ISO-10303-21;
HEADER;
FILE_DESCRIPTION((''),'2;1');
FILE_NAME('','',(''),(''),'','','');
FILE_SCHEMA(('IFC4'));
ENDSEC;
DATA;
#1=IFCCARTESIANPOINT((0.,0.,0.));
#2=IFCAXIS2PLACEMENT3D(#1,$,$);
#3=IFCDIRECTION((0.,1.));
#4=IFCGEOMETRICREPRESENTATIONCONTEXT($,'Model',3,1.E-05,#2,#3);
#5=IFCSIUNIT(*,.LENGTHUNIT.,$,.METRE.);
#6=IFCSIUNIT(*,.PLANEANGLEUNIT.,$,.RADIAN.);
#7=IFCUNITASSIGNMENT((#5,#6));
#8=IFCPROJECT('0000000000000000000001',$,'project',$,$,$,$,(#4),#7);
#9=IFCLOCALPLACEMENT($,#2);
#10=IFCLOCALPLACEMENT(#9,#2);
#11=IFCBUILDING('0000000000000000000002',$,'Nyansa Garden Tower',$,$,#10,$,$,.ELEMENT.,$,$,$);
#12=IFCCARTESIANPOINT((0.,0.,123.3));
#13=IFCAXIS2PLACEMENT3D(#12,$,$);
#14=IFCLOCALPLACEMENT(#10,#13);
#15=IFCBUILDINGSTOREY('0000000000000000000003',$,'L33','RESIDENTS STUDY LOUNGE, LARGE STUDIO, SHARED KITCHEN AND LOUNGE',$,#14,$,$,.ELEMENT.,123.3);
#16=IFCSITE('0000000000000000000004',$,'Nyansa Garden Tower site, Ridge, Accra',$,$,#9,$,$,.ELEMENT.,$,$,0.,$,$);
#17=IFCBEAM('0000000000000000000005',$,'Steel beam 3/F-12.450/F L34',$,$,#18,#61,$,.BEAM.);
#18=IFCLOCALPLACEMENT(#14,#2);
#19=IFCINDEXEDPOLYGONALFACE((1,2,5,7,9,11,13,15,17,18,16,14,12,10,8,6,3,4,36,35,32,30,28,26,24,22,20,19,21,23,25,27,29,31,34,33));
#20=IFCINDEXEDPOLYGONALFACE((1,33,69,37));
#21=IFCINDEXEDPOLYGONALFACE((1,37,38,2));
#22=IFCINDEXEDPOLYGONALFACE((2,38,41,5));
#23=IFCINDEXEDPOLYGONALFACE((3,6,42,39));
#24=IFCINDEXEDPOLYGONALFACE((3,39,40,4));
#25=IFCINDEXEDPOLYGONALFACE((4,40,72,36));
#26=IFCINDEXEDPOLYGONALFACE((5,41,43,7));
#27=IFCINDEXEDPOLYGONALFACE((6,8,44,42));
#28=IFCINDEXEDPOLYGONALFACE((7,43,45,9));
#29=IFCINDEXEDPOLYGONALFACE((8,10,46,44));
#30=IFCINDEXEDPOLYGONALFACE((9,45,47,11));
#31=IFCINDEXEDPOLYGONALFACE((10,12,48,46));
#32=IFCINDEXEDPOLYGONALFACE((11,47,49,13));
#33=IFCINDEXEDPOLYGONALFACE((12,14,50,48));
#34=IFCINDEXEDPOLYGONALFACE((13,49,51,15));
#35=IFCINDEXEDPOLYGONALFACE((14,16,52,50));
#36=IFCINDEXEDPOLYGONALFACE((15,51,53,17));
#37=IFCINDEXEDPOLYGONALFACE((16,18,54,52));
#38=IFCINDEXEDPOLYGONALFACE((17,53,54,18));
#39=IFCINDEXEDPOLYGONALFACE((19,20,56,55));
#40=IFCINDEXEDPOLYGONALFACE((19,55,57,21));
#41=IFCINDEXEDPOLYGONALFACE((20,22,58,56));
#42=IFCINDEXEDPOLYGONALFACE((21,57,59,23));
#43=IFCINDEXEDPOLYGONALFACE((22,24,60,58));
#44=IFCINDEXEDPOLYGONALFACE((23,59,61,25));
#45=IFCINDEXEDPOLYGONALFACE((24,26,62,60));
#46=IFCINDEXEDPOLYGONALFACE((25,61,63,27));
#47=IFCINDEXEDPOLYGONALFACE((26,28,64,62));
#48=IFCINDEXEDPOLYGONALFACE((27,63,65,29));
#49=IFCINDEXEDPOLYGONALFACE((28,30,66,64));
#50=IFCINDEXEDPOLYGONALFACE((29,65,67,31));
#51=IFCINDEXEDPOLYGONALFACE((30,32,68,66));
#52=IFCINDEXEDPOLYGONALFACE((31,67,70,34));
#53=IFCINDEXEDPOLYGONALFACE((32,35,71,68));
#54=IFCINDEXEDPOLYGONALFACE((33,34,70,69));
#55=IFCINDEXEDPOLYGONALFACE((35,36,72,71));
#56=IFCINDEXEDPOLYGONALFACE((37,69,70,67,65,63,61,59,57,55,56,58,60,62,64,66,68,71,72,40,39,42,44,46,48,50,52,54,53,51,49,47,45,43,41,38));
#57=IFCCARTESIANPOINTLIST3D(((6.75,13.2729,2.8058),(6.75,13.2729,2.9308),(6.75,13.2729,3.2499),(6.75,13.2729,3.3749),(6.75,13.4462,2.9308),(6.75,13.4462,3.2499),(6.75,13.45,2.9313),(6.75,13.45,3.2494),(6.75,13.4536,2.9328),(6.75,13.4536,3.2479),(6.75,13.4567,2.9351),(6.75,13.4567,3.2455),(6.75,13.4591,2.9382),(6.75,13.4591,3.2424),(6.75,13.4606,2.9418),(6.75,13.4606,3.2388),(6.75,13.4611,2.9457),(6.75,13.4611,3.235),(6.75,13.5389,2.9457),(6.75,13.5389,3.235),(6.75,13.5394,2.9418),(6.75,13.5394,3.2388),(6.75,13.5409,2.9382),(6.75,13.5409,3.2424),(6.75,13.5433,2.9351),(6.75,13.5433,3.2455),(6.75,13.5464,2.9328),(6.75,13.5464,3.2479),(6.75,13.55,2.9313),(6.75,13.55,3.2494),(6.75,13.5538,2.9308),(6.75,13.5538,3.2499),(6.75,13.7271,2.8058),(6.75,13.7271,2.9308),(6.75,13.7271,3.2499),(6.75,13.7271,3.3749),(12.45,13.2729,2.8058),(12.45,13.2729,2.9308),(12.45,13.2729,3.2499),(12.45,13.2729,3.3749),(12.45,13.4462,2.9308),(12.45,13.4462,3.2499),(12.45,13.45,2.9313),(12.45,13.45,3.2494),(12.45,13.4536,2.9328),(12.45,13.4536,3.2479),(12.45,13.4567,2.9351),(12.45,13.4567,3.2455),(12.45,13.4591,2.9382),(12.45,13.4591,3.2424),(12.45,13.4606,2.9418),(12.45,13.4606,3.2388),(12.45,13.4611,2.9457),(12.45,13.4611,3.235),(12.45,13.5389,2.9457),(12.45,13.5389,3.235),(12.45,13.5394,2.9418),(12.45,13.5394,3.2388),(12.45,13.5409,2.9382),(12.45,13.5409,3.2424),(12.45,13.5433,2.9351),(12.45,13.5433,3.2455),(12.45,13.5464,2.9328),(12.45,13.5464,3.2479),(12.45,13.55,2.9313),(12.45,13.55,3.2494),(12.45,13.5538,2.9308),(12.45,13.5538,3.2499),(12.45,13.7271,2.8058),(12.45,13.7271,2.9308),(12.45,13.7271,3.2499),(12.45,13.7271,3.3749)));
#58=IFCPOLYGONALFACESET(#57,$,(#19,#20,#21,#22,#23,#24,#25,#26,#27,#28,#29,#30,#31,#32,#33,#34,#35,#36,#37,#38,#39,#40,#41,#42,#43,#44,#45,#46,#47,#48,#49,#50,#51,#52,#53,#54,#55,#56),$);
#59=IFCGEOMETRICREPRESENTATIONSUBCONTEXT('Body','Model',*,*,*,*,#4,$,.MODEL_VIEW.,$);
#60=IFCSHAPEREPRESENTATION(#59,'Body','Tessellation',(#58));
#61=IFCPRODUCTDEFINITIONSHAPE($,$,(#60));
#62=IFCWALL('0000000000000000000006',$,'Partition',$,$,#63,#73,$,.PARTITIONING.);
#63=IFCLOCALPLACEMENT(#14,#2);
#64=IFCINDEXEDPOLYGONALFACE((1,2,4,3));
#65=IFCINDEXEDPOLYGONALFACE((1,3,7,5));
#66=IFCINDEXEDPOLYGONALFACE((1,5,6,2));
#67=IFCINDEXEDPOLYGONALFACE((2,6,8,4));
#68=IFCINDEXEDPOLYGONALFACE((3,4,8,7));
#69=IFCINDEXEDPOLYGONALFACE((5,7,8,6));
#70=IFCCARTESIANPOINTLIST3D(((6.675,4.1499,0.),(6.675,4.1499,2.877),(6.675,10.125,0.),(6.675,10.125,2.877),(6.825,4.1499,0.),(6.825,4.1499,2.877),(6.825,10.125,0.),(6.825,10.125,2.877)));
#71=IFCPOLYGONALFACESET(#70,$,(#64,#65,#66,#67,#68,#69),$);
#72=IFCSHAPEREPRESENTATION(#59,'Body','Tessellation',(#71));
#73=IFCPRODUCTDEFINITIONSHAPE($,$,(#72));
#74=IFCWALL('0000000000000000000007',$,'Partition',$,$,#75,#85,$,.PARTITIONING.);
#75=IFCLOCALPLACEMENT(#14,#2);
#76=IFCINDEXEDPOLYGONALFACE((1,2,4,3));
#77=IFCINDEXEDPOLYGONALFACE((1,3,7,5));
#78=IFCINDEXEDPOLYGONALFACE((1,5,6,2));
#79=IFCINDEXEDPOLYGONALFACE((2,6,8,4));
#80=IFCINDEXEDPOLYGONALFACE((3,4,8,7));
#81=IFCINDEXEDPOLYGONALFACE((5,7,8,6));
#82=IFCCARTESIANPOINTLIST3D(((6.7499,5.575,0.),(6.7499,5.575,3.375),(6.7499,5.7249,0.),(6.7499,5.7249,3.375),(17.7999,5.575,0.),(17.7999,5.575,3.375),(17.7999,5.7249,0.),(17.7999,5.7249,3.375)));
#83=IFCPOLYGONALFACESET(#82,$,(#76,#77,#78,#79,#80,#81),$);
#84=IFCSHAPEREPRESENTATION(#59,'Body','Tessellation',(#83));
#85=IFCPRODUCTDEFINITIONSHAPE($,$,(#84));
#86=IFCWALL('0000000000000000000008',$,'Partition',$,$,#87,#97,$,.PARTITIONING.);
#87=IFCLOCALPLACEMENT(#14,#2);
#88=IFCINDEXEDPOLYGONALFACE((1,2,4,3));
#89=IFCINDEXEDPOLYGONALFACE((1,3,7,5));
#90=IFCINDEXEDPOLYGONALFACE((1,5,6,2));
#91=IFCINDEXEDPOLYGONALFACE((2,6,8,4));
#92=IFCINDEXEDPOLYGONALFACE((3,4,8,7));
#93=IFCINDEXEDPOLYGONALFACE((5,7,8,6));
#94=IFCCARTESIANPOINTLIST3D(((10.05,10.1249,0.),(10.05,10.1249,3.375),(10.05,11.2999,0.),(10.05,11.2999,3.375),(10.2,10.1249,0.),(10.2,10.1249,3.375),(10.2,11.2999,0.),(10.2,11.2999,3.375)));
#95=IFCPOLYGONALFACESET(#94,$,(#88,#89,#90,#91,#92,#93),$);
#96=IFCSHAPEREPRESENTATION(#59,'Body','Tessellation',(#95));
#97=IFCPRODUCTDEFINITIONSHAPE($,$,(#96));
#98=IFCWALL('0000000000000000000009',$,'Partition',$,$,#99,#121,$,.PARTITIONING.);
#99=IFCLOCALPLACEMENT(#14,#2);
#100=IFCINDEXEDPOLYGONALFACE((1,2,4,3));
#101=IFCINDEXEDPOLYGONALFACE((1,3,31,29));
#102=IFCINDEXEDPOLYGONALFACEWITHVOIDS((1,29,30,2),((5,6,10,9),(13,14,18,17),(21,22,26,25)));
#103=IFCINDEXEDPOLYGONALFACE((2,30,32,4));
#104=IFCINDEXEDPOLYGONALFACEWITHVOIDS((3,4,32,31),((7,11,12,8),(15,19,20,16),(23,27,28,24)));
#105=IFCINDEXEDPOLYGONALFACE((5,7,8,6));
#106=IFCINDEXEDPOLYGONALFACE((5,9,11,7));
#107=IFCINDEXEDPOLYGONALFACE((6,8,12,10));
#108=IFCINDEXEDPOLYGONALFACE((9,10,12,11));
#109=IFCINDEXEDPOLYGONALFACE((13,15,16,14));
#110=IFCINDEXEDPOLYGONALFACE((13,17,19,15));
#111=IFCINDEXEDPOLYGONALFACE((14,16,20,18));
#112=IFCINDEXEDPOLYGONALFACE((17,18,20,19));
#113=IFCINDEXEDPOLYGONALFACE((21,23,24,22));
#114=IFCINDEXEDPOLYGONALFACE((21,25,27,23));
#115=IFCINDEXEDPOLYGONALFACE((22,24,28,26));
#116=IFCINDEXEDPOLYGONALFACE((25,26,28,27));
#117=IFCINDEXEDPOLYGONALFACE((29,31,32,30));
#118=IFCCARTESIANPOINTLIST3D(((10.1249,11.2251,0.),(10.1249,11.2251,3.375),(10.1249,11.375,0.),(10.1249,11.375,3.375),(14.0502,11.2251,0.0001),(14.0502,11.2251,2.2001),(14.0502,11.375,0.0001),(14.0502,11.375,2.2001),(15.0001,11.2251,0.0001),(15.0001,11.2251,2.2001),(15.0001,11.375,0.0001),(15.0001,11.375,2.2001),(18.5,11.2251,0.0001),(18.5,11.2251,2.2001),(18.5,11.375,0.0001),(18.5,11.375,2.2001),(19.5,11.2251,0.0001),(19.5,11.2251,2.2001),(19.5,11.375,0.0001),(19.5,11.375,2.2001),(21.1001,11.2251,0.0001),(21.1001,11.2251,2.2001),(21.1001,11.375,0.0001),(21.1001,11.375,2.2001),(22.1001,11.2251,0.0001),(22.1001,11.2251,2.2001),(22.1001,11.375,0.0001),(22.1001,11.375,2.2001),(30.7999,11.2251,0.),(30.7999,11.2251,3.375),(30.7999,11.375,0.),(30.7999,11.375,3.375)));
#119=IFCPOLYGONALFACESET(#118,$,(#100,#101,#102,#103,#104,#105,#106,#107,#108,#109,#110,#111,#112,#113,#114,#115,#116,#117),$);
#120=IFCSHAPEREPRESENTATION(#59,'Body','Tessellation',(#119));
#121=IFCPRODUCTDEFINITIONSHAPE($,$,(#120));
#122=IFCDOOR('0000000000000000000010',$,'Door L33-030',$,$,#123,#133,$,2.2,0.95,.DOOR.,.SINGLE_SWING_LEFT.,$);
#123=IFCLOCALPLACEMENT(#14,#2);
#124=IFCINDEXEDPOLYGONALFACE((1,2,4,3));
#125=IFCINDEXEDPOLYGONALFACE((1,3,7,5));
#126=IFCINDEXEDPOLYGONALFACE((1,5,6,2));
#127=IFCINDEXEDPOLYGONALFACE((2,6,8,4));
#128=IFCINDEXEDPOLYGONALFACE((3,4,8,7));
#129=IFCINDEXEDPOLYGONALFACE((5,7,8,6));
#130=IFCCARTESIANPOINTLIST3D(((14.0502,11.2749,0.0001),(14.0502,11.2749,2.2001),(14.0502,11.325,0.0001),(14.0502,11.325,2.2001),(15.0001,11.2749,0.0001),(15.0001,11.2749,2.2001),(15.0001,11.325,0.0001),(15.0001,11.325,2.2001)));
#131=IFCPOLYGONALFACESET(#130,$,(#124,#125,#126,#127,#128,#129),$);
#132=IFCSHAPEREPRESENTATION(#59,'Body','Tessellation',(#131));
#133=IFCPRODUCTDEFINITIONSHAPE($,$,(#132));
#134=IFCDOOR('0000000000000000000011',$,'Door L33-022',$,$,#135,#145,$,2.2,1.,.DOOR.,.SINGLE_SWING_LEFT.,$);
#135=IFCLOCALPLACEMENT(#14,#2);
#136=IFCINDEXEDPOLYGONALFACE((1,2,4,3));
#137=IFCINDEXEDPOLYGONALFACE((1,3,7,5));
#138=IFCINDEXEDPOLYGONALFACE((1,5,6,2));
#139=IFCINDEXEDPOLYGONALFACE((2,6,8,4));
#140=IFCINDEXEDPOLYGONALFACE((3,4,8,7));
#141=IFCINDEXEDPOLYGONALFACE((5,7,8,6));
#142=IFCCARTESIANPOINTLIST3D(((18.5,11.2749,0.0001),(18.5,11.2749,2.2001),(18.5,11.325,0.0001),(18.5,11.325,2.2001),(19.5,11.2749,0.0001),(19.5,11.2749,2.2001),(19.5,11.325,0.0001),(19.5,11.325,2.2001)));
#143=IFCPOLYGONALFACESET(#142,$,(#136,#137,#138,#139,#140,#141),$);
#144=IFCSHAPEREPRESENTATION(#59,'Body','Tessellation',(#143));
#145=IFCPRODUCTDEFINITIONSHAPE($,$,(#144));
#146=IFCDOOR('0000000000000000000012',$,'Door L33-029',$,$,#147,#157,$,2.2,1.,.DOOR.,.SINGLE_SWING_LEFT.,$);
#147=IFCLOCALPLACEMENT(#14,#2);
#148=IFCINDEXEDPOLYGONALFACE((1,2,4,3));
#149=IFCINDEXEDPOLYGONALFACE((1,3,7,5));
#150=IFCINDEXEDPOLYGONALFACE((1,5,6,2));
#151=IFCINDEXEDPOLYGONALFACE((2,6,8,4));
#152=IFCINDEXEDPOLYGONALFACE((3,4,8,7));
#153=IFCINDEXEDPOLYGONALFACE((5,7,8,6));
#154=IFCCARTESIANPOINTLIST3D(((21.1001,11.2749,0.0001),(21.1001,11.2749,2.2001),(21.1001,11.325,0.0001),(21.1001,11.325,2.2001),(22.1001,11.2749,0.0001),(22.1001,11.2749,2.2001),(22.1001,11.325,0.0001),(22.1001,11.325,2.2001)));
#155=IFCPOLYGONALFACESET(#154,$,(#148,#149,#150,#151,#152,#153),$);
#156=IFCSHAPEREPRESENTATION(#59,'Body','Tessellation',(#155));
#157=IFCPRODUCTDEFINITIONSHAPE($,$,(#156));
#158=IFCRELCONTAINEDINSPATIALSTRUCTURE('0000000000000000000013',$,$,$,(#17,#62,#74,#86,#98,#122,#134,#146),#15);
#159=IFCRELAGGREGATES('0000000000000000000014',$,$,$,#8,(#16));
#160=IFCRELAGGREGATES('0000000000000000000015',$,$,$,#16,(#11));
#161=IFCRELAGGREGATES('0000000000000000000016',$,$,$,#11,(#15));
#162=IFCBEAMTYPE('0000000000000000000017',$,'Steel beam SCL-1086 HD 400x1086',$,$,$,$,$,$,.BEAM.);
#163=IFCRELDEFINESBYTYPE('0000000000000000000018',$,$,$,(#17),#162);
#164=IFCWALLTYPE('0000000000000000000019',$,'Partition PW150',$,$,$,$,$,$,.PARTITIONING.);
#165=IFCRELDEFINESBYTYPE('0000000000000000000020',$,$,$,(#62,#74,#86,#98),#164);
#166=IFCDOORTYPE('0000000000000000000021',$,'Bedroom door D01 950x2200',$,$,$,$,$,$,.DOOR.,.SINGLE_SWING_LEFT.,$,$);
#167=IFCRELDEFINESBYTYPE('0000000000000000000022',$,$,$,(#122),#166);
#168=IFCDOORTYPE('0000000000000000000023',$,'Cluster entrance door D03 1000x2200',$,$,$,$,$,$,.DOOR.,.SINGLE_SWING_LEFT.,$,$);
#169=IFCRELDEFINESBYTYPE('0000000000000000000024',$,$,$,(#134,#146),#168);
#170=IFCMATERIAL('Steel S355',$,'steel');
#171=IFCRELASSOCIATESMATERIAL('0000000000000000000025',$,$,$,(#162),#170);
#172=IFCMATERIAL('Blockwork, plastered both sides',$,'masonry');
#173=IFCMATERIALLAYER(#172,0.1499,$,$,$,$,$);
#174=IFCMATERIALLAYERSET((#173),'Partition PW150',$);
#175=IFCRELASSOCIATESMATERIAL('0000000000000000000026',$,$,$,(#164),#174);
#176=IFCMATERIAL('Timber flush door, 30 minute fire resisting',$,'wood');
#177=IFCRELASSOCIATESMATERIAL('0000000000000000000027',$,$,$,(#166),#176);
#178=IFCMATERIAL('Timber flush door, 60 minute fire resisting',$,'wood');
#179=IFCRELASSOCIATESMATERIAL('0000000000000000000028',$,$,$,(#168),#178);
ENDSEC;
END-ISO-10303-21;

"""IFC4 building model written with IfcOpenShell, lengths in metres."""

from ifc_helpers import new_model, si_unit, direction, frame, frame_2d, origin, origin_2d, place, context, subcontext, project, spatial, rectangle, i_section, extrude, material, layer, layer_set, material_profile, profile_set, type_object, element, fill, save


model = new_model("IFC4")

# Units and contexts
model_context = context("Model", 3, precision=1e-05, world=origin(), true_north=direction((0.0, 1.0)))
body_context = subcontext(model_context, "Body", "Model", "MODEL_VIEW")
ifc_project = project(units=[si_unit("LENGTHUNIT", "METRE"), si_unit("PLANEANGLEUNIT", "RADIAN")], contexts=[model_context])

# Site, building, storey
site_placement = place(None, origin())
site = spatial("IfcSite", under=ifc_project, at=site_placement, Name="Nyansa Garden Tower site, Ridge, Accra", CompositionType="ELEMENT", RefElevation=0.0)
building_placement = place(site_placement, origin())
building = spatial("IfcBuilding", under=site, at=building_placement, Name="Nyansa Garden Tower", CompositionType="ELEMENT")
storey_placement = place(building_placement, frame((0.0, 0.0, 123.3)))
storey = spatial("IfcBuildingStorey", under=building, at=storey_placement, Name="L33", Description="RESIDENTS STUDY LOUNGE, LARGE STUDIO, SHARED KITCHEN AND LOUNGE", CompositionType="ELEMENT", Elevation=123.3)

# Beam
ifc_material_1 = material(Name="Steel S355", Category="steel")
ifc_material_profile_1 = material_profile(ifc_material_1, i_section(OverallWidth=0.4541, OverallDepth=0.5691, WebThickness=0.0779, FlangeThickness=0.125, FilletRadius=0.0149, at=origin_2d()), Name="HD 400x1086")
ifc_profile_set_1 = profile_set([ifc_material_profile_1], Name="Steel S355")
beam_type_1 = type_object("IfcBeamType", Name="Steel beam SCL-1086 HD 400x1086", PredefinedType="BEAM", material=ifc_profile_set_1)
beam_placement = place(storey_placement, frame((6.75, 13.5, 3.0903), z_axis=(1.0, 0.0, 0.0), x_axis=(0.0, 1.0, 0.0)))
element("IfcBeam", 1, at=beam_placement, inside=storey, type_object=beam_type_1, Name="Steel beam 3/F-12.450/F L34", PredefinedType="BEAM", context=body_context, shape_type="SweptSolid", body=[
    extrude(i_section(OverallWidth=0.4541, OverallDepth=0.5691, WebThickness=0.0779, FlangeThickness=0.125, FilletRadius=0.0149, at=origin_2d()), origin(), (0.0, 0.0, 1.0), 5.7),
])

# Walls
ifc_material_2 = material(Name="Blockwork, plastered both sides", Category="masonry")
ifc_layer_1 = layer(ifc_material_2, 0.1499)
ifc_layer_set_1 = layer_set([ifc_layer_1], Name="Partition PW150")
wall_type_1 = type_object("IfcWallType", Name="Partition PW150", PredefinedType="PARTITIONING", material=ifc_layer_set_1)
wall_1_placement = place(storey_placement, frame((6.75, 4.1499, 0.0), z_axis=(0.0, 0.0, 1.0), x_axis=(0.0, 1.0, 0.0)))
element("IfcWall", 2, at=wall_1_placement, inside=storey, type_object=wall_type_1, Name="Partition", PredefinedType="PARTITIONING", context=body_context, shape_type="SweptSolid", body=[
    extrude(rectangle(XDim=5.9751, YDim=0.1499, at=frame_2d((2.9875, 0.0))), origin(), (0.0, 0.0, 1.0), 2.877),
])
wall_2_placement = place(storey_placement, frame((6.75, 5.6499, 0.0), z_axis=(0.0, 0.0, 1.0), x_axis=(1.0, 0.0, 0.0)))
element("IfcWall", 3, at=wall_2_placement, inside=storey, type_object=wall_type_1, Name="Partition", PredefinedType="PARTITIONING", context=body_context, shape_type="SweptSolid", body=[
    extrude(rectangle(XDim=11.05, YDim=0.1499, at=frame_2d((5.5249, 0.0))), origin(), (0.0, 0.0, 1.0), 3.375),
])
wall_3_placement = place(storey_placement, frame((10.125, 10.125, 0.0), z_axis=(0.0, 0.0, 1.0), x_axis=(0.0, 1.0, 0.0)))
element("IfcWall", 4, at=wall_3_placement, inside=storey, type_object=wall_type_1, Name="Partition", PredefinedType="PARTITIONING", context=body_context, shape_type="SweptSolid", body=[
    extrude(rectangle(XDim=1.175, YDim=0.1499, at=frame_2d((0.5874, 0.0))), origin(), (0.0, 0.0, 1.0), 3.375),
])

# Wall, openings, doors
wall_4_placement = place(storey_placement, frame((10.125, 11.3, 0.0), z_axis=(0.0, 0.0, 1.0), x_axis=(1.0, 0.0, 0.0)))
wall_4 = element("IfcWall", 5, at=wall_4_placement, inside=storey, type_object=wall_type_1, Name="Partition", PredefinedType="PARTITIONING", context=body_context, shape_type="SweptSolid", body=[
    extrude(rectangle(XDim=20.675, YDim=0.1499, at=frame_2d((10.3374, 0.0))), origin(), (0.0, 0.0, 1.0), 3.375),
])
opening_1_placement = place(wall_4_placement, frame((8.375, 0.0, 0.0)))
opening_1 = element("IfcOpeningElement", 6, at=opening_1_placement, cuts=wall_4, PredefinedType="OPENING", context=body_context, shape_type="SweptSolid", body=[
    extrude(rectangle(XDim=1.0, YDim=2.2, at=frame_2d((0.5, 1.1001))), frame((0.0, 0.085, 0.0), z_axis=(0.0, -1.0, 0.0), x_axis=(1.0, 0.0, 0.0)), (0.0, 0.0, 1.0), 0.1699),
])
opening_2_placement = place(wall_4_placement, frame((10.9751, 0.0, 0.0)))
opening_2 = element("IfcOpeningElement", 7, at=opening_2_placement, cuts=wall_4, PredefinedType="OPENING", context=body_context, shape_type="SweptSolid", body=[
    extrude(rectangle(XDim=1.0, YDim=2.2, at=frame_2d((0.5, 1.1001))), frame((0.0, 0.085, 0.0), z_axis=(0.0, -1.0, 0.0), x_axis=(1.0, 0.0, 0.0)), (0.0, 0.0, 1.0), 0.1699),
])
opening_3_placement = place(wall_4_placement, frame((3.925, 0.0, 0.0)))
opening_3 = element("IfcOpeningElement", 8, at=opening_3_placement, cuts=wall_4, PredefinedType="OPENING", context=body_context, shape_type="SweptSolid", body=[
    extrude(rectangle(XDim=0.95, YDim=2.2, at=frame_2d((0.4751, 1.1001))), frame((0.0, 0.085, 0.0), z_axis=(0.0, -1.0, 0.0), x_axis=(1.0, 0.0, 0.0)), (0.0, 0.0, 1.0), 0.1699),
])
ifc_material_3 = material(Name="Timber flush door, 30 minute fire resisting", Category="wood")
door_type_1 = type_object("IfcDoorType", Name="Bedroom door D01 950x2200", OperationType="SINGLE_SWING_LEFT", PredefinedType="DOOR", material=ifc_material_3)
door_1_placement = place(opening_3_placement, origin())
door_1 = element("IfcDoor", 9, at=door_1_placement, inside=storey, type_object=door_type_1, Name="Door L33-030", OperationType="SINGLE_SWING_LEFT", OverallHeight=2.2, OverallWidth=0.95, PredefinedType="DOOR", context=body_context, shape_type="SweptSolid", body=[
    extrude(rectangle(XDim=0.95, YDim=2.2, at=frame_2d((0.4751, 1.1001))), frame((0.0, 0.0249, 0.0), z_axis=(0.0, -1.0, 0.0), x_axis=(1.0, 0.0, 0.0)), (0.0, 0.0, 1.0), 0.05),
])
fill(opening_3, door_1)
ifc_material_4 = material(Name="Timber flush door, 60 minute fire resisting", Category="wood")
door_type_2 = type_object("IfcDoorType", Name="Cluster entrance door D03 1000x2200", OperationType="SINGLE_SWING_LEFT", PredefinedType="DOOR", material=ifc_material_4)
door_2_placement = place(opening_1_placement, origin())
door_2 = element("IfcDoor", 10, at=door_2_placement, inside=storey, type_object=door_type_2, Name="Door L33-022", OperationType="SINGLE_SWING_LEFT", OverallHeight=2.2, OverallWidth=1.0, PredefinedType="DOOR", context=body_context, shape_type="SweptSolid", body=[
    extrude(rectangle(XDim=1.0, YDim=2.2, at=frame_2d((0.5, 1.1001))), frame((0.0, 0.0249, 0.0), z_axis=(0.0, -1.0, 0.0), x_axis=(1.0, 0.0, 0.0)), (0.0, 0.0, 1.0), 0.05),
])
fill(opening_1, door_2)
door_3_placement = place(opening_2_placement, origin())
door_3 = element("IfcDoor", 11, at=door_3_placement, inside=storey, type_object=door_type_2, Name="Door L33-029", OperationType="SINGLE_SWING_LEFT", OverallHeight=2.2, OverallWidth=1.0, PredefinedType="DOOR", context=body_context, shape_type="SweptSolid", body=[
    extrude(rectangle(XDim=1.0, YDim=2.2, at=frame_2d((0.5, 1.1001))), frame((0.0, 0.0249, 0.0), z_axis=(0.0, -1.0, 0.0), x_axis=(1.0, 0.0, 0.0)), (0.0, 0.0, 1.0), 0.05),
])
fill(opening_2, door_3)

save(model, "model.ifc")
